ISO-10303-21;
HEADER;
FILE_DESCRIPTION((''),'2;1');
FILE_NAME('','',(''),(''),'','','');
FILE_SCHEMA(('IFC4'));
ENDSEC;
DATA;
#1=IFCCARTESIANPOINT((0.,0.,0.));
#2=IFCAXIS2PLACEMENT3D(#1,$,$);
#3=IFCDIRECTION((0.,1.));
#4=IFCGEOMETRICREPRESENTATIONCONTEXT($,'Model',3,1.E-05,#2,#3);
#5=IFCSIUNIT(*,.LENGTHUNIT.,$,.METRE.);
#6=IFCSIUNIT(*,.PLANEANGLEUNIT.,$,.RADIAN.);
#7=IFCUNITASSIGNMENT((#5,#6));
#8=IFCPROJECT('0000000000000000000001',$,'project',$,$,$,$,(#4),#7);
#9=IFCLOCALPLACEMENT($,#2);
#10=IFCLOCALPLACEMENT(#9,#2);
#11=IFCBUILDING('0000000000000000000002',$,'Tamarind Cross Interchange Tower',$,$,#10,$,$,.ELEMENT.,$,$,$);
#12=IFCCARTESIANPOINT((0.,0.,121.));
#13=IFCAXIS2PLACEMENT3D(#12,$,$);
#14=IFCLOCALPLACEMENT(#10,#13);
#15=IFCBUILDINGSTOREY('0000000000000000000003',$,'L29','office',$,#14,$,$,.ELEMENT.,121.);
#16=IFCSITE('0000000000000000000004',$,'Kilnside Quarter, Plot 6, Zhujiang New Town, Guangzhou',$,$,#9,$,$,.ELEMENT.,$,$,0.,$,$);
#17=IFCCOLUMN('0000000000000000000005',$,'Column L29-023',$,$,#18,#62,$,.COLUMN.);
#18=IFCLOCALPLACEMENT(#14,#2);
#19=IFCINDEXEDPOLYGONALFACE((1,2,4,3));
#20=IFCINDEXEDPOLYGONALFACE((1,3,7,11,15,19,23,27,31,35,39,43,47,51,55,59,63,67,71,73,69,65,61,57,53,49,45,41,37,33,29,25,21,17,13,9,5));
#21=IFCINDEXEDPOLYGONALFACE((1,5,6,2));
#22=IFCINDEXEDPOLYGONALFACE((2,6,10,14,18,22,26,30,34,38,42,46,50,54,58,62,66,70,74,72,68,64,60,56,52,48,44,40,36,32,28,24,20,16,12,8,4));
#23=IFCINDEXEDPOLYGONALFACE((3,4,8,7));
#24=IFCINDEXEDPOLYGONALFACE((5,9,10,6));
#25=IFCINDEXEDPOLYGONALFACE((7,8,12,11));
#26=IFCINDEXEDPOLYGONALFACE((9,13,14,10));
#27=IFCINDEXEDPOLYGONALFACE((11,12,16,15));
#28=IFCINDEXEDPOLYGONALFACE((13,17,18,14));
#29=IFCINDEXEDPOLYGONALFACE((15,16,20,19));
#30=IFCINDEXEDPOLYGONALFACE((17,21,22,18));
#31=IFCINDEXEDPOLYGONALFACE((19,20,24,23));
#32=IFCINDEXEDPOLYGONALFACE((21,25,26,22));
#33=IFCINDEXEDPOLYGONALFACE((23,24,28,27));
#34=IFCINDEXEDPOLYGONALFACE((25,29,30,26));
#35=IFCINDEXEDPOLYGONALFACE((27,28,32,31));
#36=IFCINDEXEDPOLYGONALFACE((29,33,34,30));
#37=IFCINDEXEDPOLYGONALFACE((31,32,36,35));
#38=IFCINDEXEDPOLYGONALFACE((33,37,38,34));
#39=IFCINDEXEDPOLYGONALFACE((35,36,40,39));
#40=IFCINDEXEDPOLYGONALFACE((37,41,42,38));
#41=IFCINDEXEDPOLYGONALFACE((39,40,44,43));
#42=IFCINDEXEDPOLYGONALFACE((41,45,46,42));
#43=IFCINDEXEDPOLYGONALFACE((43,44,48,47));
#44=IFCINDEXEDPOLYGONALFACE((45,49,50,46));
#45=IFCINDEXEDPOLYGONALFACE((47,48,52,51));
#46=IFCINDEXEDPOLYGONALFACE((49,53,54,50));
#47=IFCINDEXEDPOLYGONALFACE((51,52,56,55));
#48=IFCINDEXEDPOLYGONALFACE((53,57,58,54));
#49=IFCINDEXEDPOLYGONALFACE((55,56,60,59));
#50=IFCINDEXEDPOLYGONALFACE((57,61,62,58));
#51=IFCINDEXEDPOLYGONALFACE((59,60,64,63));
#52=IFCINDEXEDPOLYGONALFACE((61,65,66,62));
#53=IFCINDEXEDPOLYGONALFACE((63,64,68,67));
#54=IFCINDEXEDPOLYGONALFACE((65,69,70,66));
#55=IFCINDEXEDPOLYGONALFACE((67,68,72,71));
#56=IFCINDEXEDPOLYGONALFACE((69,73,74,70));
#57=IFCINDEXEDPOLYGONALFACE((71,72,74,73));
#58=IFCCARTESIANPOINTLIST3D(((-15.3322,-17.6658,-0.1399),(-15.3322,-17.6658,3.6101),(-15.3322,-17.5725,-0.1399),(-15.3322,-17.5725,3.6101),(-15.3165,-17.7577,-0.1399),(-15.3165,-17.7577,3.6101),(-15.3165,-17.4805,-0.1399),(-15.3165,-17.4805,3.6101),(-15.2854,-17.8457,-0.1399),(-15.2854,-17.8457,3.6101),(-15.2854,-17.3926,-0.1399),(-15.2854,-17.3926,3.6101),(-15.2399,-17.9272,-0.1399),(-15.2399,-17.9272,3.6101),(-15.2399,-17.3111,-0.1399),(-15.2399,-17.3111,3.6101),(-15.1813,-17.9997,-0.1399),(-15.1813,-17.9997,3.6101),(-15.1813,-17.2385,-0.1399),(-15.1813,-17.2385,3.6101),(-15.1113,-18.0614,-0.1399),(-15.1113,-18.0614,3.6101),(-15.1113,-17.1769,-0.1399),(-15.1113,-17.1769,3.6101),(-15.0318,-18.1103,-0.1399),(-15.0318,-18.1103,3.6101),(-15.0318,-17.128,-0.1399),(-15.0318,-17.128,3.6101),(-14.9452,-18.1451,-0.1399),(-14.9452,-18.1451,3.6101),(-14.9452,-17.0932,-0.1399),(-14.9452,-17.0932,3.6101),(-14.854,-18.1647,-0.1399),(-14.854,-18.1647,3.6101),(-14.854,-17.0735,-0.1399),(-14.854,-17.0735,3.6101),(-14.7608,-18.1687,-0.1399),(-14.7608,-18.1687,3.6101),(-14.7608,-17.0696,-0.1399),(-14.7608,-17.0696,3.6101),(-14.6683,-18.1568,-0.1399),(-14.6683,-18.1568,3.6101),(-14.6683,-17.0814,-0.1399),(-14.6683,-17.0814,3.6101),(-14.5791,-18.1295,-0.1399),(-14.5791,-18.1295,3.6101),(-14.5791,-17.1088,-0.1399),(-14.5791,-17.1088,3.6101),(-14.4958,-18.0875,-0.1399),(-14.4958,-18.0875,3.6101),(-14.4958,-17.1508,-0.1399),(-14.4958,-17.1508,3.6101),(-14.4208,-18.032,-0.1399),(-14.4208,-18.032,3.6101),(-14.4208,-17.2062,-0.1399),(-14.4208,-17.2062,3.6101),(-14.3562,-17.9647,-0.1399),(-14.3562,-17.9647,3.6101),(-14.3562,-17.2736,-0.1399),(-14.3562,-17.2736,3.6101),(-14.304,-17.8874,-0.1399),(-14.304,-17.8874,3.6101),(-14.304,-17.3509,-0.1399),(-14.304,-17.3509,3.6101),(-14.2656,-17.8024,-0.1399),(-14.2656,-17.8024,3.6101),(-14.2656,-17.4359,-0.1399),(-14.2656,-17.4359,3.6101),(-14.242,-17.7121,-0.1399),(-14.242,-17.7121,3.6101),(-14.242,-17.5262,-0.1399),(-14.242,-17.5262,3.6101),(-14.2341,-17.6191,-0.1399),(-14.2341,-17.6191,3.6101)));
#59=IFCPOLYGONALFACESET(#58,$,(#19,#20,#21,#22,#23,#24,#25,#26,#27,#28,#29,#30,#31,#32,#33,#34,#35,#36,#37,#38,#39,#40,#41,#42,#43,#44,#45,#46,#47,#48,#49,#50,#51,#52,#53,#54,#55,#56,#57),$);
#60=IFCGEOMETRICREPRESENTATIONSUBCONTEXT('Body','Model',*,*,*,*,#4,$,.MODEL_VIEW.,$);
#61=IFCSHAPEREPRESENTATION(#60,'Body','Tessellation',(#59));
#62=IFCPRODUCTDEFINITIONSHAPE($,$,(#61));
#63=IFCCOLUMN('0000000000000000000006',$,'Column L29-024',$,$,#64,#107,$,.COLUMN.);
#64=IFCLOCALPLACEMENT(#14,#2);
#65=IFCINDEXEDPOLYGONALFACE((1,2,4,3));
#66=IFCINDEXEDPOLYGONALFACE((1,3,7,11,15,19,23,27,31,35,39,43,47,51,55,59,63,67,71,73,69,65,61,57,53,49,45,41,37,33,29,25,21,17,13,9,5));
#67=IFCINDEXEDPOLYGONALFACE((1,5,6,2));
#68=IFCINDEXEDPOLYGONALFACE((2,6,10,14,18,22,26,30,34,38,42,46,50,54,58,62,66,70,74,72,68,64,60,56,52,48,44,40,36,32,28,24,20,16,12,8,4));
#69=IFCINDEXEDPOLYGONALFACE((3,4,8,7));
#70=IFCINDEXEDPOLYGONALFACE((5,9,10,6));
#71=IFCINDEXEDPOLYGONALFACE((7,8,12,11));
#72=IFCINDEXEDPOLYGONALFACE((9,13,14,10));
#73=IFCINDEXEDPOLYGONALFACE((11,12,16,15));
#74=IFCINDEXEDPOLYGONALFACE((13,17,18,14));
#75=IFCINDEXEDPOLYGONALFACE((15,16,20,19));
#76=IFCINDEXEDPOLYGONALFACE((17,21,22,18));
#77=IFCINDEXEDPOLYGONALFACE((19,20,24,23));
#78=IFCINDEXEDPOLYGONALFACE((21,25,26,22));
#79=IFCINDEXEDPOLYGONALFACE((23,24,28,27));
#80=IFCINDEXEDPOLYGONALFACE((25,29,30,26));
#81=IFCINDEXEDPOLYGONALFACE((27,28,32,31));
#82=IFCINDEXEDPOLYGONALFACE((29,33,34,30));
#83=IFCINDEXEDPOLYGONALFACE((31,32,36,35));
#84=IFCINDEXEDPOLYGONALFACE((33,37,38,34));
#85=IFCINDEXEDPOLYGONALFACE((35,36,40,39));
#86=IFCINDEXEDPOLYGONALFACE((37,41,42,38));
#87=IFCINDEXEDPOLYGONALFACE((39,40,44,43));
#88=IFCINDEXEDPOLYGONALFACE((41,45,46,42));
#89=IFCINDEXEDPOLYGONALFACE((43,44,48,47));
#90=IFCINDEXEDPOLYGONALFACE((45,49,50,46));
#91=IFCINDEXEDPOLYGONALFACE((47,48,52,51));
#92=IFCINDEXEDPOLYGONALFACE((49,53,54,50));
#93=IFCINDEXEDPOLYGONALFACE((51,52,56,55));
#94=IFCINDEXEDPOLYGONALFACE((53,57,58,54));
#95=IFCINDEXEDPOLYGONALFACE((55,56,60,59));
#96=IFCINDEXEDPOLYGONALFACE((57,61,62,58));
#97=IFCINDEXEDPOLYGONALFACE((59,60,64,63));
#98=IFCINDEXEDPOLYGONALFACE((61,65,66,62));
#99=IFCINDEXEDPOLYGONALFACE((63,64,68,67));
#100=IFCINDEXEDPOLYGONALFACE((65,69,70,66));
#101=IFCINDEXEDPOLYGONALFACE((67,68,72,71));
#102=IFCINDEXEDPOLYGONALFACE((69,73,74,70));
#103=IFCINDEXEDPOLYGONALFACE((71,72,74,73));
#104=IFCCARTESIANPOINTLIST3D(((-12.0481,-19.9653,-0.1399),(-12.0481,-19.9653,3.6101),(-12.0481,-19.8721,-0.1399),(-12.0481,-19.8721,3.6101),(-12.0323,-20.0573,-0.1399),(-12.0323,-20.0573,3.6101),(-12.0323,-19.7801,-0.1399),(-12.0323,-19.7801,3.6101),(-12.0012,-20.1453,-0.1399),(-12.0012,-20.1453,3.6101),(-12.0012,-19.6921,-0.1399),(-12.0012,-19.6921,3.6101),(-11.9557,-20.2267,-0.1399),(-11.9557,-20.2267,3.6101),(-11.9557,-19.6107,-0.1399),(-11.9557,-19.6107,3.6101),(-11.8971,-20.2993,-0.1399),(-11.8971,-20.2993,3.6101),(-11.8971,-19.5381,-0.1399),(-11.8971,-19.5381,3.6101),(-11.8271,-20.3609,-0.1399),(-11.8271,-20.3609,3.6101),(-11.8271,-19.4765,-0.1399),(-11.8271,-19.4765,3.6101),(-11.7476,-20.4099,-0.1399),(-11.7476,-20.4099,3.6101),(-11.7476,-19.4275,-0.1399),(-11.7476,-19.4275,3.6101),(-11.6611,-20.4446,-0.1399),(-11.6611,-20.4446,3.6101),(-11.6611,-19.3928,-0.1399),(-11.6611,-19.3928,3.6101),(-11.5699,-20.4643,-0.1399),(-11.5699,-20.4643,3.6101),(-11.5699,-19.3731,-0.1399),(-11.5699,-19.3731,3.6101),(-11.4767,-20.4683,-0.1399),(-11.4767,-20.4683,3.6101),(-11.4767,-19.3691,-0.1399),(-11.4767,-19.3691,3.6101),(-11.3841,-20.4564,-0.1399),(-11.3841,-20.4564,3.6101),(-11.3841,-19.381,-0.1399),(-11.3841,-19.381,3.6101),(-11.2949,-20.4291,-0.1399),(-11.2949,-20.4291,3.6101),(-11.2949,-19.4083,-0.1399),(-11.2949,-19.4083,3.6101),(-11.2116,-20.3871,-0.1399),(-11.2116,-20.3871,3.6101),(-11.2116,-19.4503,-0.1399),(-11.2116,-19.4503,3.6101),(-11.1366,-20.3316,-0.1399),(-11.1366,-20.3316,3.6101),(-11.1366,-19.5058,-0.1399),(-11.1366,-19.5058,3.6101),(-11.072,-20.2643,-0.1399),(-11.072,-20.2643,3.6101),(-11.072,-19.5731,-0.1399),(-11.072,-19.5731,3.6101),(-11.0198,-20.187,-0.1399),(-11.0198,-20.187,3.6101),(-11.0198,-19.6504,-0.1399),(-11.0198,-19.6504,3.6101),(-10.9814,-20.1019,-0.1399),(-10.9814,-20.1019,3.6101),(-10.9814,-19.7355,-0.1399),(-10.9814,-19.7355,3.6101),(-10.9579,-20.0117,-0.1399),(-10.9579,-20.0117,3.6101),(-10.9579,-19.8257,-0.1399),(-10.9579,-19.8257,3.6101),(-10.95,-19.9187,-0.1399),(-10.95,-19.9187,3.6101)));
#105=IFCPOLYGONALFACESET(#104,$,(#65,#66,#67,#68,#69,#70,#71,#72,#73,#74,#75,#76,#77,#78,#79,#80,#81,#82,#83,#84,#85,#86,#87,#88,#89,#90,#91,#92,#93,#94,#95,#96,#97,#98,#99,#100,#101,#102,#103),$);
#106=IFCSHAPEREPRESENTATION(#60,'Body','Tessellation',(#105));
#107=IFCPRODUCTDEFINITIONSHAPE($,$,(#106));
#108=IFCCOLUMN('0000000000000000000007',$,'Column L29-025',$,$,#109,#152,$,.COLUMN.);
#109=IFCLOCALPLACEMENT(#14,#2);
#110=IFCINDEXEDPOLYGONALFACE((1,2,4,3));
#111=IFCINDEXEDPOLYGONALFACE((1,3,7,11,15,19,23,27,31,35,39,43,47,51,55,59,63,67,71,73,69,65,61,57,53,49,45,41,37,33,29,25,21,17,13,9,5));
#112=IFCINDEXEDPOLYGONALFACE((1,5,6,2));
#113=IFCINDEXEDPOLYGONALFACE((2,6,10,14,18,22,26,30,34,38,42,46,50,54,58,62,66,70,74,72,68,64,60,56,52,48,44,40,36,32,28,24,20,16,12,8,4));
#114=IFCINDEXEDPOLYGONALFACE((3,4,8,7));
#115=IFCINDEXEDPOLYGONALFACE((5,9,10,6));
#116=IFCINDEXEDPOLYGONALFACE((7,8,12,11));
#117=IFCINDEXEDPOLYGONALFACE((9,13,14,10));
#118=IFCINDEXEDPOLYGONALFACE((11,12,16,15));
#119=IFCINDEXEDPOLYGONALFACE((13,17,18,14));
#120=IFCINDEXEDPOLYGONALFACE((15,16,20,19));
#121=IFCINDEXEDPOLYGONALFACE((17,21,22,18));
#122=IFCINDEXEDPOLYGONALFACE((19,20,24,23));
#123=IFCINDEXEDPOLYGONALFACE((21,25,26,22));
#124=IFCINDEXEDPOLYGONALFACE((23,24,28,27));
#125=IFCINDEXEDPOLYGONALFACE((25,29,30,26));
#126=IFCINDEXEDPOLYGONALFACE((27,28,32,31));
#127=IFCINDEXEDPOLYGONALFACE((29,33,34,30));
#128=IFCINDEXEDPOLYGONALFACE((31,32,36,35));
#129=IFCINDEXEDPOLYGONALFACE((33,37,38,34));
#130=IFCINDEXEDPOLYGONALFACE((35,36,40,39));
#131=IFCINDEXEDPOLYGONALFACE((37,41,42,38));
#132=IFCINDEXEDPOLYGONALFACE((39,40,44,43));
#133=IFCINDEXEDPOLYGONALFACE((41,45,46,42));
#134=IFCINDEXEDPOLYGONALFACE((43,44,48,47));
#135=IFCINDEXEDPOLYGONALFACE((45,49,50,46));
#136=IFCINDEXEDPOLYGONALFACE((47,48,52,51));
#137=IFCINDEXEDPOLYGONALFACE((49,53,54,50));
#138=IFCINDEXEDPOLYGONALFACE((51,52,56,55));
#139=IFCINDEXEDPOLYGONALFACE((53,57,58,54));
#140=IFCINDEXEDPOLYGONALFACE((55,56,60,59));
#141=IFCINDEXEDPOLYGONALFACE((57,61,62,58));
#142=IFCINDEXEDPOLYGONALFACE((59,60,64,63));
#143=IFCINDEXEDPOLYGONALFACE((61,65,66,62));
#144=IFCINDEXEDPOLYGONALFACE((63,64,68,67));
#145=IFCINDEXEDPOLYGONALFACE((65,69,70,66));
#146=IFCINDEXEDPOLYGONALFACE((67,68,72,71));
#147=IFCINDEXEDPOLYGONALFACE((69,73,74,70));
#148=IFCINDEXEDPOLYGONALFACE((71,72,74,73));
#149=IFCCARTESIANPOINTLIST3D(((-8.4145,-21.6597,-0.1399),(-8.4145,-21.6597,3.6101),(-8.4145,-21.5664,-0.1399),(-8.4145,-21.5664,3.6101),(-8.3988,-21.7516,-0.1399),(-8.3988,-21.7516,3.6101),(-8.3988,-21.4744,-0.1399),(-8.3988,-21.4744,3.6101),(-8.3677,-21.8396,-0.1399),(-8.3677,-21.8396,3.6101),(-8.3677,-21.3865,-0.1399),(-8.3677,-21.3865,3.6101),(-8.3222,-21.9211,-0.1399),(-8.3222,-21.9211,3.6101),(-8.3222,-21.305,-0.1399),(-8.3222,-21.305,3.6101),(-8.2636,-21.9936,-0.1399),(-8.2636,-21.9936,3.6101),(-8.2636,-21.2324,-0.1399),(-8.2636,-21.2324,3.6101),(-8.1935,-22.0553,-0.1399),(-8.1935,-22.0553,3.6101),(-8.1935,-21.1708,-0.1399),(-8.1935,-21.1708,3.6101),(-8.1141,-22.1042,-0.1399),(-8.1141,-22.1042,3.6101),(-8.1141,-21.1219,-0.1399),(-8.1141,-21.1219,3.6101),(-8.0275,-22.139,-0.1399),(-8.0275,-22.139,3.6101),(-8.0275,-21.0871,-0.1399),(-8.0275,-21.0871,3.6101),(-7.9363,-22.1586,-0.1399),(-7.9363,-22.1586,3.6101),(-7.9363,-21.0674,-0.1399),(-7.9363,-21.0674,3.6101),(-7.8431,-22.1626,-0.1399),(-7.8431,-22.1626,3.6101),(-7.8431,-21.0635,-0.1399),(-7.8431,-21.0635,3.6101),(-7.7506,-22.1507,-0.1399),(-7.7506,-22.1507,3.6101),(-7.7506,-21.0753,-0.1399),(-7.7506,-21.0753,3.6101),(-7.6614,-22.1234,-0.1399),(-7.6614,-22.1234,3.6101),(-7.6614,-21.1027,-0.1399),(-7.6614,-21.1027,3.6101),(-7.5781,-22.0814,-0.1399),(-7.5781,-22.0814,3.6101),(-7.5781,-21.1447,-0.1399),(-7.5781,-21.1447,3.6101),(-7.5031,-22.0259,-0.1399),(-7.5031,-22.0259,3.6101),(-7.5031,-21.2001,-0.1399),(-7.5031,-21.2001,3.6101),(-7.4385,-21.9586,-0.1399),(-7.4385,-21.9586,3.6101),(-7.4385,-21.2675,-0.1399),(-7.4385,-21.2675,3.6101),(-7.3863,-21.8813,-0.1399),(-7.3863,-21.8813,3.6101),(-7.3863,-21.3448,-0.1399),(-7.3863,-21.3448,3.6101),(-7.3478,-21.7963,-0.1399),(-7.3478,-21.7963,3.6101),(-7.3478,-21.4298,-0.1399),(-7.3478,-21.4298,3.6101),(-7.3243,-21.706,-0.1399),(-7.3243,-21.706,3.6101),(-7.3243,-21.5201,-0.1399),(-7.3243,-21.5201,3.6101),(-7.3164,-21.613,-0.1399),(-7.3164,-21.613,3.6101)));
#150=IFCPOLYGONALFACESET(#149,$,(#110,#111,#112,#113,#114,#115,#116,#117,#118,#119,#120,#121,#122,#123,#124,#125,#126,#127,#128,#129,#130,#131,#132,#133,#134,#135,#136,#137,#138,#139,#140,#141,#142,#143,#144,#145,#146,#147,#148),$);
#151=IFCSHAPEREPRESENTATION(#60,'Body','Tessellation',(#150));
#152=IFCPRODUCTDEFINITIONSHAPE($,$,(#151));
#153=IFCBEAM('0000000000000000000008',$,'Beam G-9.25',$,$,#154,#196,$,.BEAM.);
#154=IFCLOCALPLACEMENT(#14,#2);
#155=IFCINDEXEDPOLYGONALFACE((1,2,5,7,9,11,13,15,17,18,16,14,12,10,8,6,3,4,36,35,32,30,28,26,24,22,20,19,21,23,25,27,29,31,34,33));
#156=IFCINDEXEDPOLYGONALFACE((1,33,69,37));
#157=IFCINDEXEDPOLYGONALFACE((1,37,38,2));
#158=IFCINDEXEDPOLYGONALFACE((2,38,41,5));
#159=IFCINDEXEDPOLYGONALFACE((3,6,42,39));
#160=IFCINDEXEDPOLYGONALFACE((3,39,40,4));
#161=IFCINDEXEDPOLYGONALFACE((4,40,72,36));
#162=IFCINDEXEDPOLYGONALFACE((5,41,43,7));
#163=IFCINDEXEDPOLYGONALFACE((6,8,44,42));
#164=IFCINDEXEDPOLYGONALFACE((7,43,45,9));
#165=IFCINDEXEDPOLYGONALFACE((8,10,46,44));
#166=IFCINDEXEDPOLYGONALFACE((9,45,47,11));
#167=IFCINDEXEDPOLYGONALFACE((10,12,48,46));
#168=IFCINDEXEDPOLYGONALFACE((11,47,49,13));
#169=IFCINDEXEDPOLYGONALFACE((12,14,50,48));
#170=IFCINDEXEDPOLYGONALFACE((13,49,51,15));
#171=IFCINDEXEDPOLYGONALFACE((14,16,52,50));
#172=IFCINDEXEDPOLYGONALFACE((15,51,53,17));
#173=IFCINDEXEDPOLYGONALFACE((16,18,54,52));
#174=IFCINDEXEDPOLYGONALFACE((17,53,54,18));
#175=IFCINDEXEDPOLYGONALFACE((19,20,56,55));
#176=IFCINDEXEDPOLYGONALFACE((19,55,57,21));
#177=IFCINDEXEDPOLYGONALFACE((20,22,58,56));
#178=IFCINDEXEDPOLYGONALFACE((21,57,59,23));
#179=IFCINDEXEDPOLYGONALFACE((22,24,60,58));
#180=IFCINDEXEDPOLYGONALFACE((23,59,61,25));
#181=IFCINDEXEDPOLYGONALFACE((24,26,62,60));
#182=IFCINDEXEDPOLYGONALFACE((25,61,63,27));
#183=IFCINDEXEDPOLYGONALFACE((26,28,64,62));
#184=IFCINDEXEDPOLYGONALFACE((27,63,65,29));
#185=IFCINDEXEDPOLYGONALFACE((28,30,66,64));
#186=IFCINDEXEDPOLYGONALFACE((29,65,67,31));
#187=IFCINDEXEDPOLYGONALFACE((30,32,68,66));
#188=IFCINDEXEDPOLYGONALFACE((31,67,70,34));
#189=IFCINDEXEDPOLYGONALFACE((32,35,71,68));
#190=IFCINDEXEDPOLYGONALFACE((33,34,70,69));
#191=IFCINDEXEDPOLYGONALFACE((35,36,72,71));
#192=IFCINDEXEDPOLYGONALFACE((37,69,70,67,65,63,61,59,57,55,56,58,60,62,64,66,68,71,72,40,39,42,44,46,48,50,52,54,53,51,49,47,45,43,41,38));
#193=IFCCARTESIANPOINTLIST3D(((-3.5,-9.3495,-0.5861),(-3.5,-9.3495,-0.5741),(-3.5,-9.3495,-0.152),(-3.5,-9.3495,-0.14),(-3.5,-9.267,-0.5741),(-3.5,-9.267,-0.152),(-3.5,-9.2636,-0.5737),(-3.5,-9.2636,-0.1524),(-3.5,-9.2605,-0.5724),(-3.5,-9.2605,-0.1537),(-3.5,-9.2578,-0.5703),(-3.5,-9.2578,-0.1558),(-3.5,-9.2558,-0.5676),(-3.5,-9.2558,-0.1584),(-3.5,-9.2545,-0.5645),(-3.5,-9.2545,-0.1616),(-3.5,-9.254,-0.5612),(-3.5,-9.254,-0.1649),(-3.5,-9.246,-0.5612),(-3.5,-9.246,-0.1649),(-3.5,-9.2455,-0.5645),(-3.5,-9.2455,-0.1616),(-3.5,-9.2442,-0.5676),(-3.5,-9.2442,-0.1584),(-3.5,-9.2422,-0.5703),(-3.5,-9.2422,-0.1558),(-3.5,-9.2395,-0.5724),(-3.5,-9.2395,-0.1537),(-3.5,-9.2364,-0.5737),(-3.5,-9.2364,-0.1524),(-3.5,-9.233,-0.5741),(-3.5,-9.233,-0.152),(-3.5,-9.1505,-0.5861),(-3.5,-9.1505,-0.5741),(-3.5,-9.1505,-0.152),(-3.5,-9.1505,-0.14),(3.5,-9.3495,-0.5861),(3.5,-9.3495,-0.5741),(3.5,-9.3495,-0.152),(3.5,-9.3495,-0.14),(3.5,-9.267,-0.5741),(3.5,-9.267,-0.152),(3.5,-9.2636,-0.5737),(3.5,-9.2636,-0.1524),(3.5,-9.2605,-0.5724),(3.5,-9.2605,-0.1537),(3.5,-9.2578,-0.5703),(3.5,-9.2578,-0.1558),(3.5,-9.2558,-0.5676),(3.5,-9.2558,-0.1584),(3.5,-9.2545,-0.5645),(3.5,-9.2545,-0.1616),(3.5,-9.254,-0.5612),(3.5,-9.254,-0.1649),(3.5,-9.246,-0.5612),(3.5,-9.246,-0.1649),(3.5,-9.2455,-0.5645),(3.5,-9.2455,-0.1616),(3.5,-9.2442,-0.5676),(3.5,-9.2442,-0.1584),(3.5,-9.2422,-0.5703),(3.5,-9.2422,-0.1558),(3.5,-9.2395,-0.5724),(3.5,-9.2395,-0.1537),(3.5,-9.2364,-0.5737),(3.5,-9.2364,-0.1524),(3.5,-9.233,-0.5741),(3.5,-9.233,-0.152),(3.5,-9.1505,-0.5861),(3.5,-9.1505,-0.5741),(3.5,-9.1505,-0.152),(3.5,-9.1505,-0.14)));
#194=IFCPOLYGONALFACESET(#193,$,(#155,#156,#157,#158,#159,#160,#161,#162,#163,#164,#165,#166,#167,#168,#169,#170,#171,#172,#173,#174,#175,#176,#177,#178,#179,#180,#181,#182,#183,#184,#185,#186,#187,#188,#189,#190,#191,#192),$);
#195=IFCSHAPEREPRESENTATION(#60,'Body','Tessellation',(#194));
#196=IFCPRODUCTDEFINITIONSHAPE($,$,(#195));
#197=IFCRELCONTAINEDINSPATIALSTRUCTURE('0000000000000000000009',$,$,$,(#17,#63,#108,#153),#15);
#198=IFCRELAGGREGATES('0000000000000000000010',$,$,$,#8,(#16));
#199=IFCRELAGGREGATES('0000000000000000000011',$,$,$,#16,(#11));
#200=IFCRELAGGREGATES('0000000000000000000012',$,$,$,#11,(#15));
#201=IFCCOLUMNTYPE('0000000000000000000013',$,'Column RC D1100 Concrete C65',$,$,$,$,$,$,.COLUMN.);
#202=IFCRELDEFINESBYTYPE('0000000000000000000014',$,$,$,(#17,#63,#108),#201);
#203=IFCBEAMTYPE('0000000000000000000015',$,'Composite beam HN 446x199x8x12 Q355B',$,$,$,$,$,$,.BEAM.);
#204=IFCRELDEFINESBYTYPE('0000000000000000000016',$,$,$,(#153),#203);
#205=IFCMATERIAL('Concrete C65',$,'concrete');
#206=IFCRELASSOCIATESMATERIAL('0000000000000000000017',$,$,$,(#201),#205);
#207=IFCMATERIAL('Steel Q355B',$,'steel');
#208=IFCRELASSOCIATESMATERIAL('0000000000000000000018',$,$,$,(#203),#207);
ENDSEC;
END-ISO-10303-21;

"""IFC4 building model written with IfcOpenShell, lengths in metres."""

from ifc_helpers import new_model, si_unit, direction, frame, origin, origin_2d, place, context, subcontext, project, spatial, circle, i_section, extrude, material, material_profile, profile_set, type_object, element, save


model = new_model("IFC4")

# Units and contexts
model_context = context("Model", 3, precision=1e-05, world=origin(), true_north=direction((0.0, 1.0)))
body_context = subcontext(model_context, "Body", "Model", "MODEL_VIEW")
ifc_project = project(units=[si_unit("LENGTHUNIT", "METRE"), si_unit("PLANEANGLEUNIT", "RADIAN")], contexts=[model_context])

# Site, building, storey
site_placement = place(None, origin())
site = spatial("IfcSite", under=ifc_project, at=site_placement, Name="Kilnside Quarter, Plot 6, Zhujiang New Town, Guangzhou", CompositionType="ELEMENT", RefElevation=0.0)
building_placement = place(site_placement, origin())
building = spatial("IfcBuilding", under=site, at=building_placement, Name="Tamarind Cross Interchange Tower", CompositionType="ELEMENT")
storey_placement = place(building_placement, frame((0.0, 0.0, 121.0)))
storey = spatial("IfcBuildingStorey", under=building, at=storey_placement, Name="L29", Description="office", CompositionType="ELEMENT", Elevation=121.0)

# Columns
ifc_material_1 = material(Name="Concrete C65", Category="concrete")
ifc_material_profile_1 = material_profile(ifc_material_1, circle(Radius=0.55, at=origin_2d()), Name="RC D1100")
ifc_profile_set_1 = profile_set([ifc_material_profile_1], Name="Concrete C65")
column_type = type_object("IfcColumnType", Name="Column RC D1100 Concrete C65", PredefinedType="COLUMN", material=ifc_profile_set_1)
for number, where, z_axis, x_axis, name in (
    (1, (-14.7842, -17.6191, -0.1399), (0.0, 0.0, 1.0), (1.0, 0.0, 0.0), "Column L29-023"),
    (2, (-11.5, -19.9187, -0.1399), (0.0, 0.0, 1.0), (1.0, 0.0, 0.0), "Column L29-024"),
    (3, (-7.8665, -21.613, -0.1399), (0.0, 0.0, 1.0), (1.0, 0.0, 0.0), "Column L29-025"),
):
    element("IfcColumn", number, at=place(storey_placement, frame(where, z_axis=z_axis, x_axis=x_axis)), inside=storey, type_object=column_type, Name=name, PredefinedType="COLUMN", context=body_context, shape_type="SweptSolid", body=[
        extrude(circle(Radius=0.55, at=origin_2d()), origin(), (0.0, 0.0, 1.0), 3.75),
    ])

# Beam
ifc_material_2 = material(Name="Steel Q355B", Category="steel")
ifc_material_profile_2 = material_profile(ifc_material_2, i_section(OverallWidth=0.199, OverallDepth=0.446, WebThickness=0.0081, FlangeThickness=0.012, FilletRadius=0.0129, at=origin_2d()), Name="HN 446x199x8x12")
ifc_profile_set_2 = profile_set([ifc_material_profile_2], Name="Steel Q355B")
beam_type_1 = type_object("IfcBeamType", Name="Composite beam HN 446x199x8x12 Q355B", PredefinedType="BEAM", material=ifc_profile_set_2)
beam_1_placement = place(storey_placement, frame((-3.5, -9.25, -0.363), z_axis=(1.0, 0.0, 0.0), x_axis=(0.0, 1.0, 0.0)))
element("IfcBeam", 4, at=beam_1_placement, inside=storey, type_object=beam_type_1, Name="Beam G-9.25", PredefinedType="BEAM", context=body_context, shape_type="SweptSolid", body=[
    extrude(i_section(OverallWidth=0.199, OverallDepth=0.446, WebThickness=0.0081, FlangeThickness=0.012, FilletRadius=0.0129, at=origin_2d()), origin(), (0.0, 0.0, 1.0), 7.0),
])

save(model, "model.ifc")
